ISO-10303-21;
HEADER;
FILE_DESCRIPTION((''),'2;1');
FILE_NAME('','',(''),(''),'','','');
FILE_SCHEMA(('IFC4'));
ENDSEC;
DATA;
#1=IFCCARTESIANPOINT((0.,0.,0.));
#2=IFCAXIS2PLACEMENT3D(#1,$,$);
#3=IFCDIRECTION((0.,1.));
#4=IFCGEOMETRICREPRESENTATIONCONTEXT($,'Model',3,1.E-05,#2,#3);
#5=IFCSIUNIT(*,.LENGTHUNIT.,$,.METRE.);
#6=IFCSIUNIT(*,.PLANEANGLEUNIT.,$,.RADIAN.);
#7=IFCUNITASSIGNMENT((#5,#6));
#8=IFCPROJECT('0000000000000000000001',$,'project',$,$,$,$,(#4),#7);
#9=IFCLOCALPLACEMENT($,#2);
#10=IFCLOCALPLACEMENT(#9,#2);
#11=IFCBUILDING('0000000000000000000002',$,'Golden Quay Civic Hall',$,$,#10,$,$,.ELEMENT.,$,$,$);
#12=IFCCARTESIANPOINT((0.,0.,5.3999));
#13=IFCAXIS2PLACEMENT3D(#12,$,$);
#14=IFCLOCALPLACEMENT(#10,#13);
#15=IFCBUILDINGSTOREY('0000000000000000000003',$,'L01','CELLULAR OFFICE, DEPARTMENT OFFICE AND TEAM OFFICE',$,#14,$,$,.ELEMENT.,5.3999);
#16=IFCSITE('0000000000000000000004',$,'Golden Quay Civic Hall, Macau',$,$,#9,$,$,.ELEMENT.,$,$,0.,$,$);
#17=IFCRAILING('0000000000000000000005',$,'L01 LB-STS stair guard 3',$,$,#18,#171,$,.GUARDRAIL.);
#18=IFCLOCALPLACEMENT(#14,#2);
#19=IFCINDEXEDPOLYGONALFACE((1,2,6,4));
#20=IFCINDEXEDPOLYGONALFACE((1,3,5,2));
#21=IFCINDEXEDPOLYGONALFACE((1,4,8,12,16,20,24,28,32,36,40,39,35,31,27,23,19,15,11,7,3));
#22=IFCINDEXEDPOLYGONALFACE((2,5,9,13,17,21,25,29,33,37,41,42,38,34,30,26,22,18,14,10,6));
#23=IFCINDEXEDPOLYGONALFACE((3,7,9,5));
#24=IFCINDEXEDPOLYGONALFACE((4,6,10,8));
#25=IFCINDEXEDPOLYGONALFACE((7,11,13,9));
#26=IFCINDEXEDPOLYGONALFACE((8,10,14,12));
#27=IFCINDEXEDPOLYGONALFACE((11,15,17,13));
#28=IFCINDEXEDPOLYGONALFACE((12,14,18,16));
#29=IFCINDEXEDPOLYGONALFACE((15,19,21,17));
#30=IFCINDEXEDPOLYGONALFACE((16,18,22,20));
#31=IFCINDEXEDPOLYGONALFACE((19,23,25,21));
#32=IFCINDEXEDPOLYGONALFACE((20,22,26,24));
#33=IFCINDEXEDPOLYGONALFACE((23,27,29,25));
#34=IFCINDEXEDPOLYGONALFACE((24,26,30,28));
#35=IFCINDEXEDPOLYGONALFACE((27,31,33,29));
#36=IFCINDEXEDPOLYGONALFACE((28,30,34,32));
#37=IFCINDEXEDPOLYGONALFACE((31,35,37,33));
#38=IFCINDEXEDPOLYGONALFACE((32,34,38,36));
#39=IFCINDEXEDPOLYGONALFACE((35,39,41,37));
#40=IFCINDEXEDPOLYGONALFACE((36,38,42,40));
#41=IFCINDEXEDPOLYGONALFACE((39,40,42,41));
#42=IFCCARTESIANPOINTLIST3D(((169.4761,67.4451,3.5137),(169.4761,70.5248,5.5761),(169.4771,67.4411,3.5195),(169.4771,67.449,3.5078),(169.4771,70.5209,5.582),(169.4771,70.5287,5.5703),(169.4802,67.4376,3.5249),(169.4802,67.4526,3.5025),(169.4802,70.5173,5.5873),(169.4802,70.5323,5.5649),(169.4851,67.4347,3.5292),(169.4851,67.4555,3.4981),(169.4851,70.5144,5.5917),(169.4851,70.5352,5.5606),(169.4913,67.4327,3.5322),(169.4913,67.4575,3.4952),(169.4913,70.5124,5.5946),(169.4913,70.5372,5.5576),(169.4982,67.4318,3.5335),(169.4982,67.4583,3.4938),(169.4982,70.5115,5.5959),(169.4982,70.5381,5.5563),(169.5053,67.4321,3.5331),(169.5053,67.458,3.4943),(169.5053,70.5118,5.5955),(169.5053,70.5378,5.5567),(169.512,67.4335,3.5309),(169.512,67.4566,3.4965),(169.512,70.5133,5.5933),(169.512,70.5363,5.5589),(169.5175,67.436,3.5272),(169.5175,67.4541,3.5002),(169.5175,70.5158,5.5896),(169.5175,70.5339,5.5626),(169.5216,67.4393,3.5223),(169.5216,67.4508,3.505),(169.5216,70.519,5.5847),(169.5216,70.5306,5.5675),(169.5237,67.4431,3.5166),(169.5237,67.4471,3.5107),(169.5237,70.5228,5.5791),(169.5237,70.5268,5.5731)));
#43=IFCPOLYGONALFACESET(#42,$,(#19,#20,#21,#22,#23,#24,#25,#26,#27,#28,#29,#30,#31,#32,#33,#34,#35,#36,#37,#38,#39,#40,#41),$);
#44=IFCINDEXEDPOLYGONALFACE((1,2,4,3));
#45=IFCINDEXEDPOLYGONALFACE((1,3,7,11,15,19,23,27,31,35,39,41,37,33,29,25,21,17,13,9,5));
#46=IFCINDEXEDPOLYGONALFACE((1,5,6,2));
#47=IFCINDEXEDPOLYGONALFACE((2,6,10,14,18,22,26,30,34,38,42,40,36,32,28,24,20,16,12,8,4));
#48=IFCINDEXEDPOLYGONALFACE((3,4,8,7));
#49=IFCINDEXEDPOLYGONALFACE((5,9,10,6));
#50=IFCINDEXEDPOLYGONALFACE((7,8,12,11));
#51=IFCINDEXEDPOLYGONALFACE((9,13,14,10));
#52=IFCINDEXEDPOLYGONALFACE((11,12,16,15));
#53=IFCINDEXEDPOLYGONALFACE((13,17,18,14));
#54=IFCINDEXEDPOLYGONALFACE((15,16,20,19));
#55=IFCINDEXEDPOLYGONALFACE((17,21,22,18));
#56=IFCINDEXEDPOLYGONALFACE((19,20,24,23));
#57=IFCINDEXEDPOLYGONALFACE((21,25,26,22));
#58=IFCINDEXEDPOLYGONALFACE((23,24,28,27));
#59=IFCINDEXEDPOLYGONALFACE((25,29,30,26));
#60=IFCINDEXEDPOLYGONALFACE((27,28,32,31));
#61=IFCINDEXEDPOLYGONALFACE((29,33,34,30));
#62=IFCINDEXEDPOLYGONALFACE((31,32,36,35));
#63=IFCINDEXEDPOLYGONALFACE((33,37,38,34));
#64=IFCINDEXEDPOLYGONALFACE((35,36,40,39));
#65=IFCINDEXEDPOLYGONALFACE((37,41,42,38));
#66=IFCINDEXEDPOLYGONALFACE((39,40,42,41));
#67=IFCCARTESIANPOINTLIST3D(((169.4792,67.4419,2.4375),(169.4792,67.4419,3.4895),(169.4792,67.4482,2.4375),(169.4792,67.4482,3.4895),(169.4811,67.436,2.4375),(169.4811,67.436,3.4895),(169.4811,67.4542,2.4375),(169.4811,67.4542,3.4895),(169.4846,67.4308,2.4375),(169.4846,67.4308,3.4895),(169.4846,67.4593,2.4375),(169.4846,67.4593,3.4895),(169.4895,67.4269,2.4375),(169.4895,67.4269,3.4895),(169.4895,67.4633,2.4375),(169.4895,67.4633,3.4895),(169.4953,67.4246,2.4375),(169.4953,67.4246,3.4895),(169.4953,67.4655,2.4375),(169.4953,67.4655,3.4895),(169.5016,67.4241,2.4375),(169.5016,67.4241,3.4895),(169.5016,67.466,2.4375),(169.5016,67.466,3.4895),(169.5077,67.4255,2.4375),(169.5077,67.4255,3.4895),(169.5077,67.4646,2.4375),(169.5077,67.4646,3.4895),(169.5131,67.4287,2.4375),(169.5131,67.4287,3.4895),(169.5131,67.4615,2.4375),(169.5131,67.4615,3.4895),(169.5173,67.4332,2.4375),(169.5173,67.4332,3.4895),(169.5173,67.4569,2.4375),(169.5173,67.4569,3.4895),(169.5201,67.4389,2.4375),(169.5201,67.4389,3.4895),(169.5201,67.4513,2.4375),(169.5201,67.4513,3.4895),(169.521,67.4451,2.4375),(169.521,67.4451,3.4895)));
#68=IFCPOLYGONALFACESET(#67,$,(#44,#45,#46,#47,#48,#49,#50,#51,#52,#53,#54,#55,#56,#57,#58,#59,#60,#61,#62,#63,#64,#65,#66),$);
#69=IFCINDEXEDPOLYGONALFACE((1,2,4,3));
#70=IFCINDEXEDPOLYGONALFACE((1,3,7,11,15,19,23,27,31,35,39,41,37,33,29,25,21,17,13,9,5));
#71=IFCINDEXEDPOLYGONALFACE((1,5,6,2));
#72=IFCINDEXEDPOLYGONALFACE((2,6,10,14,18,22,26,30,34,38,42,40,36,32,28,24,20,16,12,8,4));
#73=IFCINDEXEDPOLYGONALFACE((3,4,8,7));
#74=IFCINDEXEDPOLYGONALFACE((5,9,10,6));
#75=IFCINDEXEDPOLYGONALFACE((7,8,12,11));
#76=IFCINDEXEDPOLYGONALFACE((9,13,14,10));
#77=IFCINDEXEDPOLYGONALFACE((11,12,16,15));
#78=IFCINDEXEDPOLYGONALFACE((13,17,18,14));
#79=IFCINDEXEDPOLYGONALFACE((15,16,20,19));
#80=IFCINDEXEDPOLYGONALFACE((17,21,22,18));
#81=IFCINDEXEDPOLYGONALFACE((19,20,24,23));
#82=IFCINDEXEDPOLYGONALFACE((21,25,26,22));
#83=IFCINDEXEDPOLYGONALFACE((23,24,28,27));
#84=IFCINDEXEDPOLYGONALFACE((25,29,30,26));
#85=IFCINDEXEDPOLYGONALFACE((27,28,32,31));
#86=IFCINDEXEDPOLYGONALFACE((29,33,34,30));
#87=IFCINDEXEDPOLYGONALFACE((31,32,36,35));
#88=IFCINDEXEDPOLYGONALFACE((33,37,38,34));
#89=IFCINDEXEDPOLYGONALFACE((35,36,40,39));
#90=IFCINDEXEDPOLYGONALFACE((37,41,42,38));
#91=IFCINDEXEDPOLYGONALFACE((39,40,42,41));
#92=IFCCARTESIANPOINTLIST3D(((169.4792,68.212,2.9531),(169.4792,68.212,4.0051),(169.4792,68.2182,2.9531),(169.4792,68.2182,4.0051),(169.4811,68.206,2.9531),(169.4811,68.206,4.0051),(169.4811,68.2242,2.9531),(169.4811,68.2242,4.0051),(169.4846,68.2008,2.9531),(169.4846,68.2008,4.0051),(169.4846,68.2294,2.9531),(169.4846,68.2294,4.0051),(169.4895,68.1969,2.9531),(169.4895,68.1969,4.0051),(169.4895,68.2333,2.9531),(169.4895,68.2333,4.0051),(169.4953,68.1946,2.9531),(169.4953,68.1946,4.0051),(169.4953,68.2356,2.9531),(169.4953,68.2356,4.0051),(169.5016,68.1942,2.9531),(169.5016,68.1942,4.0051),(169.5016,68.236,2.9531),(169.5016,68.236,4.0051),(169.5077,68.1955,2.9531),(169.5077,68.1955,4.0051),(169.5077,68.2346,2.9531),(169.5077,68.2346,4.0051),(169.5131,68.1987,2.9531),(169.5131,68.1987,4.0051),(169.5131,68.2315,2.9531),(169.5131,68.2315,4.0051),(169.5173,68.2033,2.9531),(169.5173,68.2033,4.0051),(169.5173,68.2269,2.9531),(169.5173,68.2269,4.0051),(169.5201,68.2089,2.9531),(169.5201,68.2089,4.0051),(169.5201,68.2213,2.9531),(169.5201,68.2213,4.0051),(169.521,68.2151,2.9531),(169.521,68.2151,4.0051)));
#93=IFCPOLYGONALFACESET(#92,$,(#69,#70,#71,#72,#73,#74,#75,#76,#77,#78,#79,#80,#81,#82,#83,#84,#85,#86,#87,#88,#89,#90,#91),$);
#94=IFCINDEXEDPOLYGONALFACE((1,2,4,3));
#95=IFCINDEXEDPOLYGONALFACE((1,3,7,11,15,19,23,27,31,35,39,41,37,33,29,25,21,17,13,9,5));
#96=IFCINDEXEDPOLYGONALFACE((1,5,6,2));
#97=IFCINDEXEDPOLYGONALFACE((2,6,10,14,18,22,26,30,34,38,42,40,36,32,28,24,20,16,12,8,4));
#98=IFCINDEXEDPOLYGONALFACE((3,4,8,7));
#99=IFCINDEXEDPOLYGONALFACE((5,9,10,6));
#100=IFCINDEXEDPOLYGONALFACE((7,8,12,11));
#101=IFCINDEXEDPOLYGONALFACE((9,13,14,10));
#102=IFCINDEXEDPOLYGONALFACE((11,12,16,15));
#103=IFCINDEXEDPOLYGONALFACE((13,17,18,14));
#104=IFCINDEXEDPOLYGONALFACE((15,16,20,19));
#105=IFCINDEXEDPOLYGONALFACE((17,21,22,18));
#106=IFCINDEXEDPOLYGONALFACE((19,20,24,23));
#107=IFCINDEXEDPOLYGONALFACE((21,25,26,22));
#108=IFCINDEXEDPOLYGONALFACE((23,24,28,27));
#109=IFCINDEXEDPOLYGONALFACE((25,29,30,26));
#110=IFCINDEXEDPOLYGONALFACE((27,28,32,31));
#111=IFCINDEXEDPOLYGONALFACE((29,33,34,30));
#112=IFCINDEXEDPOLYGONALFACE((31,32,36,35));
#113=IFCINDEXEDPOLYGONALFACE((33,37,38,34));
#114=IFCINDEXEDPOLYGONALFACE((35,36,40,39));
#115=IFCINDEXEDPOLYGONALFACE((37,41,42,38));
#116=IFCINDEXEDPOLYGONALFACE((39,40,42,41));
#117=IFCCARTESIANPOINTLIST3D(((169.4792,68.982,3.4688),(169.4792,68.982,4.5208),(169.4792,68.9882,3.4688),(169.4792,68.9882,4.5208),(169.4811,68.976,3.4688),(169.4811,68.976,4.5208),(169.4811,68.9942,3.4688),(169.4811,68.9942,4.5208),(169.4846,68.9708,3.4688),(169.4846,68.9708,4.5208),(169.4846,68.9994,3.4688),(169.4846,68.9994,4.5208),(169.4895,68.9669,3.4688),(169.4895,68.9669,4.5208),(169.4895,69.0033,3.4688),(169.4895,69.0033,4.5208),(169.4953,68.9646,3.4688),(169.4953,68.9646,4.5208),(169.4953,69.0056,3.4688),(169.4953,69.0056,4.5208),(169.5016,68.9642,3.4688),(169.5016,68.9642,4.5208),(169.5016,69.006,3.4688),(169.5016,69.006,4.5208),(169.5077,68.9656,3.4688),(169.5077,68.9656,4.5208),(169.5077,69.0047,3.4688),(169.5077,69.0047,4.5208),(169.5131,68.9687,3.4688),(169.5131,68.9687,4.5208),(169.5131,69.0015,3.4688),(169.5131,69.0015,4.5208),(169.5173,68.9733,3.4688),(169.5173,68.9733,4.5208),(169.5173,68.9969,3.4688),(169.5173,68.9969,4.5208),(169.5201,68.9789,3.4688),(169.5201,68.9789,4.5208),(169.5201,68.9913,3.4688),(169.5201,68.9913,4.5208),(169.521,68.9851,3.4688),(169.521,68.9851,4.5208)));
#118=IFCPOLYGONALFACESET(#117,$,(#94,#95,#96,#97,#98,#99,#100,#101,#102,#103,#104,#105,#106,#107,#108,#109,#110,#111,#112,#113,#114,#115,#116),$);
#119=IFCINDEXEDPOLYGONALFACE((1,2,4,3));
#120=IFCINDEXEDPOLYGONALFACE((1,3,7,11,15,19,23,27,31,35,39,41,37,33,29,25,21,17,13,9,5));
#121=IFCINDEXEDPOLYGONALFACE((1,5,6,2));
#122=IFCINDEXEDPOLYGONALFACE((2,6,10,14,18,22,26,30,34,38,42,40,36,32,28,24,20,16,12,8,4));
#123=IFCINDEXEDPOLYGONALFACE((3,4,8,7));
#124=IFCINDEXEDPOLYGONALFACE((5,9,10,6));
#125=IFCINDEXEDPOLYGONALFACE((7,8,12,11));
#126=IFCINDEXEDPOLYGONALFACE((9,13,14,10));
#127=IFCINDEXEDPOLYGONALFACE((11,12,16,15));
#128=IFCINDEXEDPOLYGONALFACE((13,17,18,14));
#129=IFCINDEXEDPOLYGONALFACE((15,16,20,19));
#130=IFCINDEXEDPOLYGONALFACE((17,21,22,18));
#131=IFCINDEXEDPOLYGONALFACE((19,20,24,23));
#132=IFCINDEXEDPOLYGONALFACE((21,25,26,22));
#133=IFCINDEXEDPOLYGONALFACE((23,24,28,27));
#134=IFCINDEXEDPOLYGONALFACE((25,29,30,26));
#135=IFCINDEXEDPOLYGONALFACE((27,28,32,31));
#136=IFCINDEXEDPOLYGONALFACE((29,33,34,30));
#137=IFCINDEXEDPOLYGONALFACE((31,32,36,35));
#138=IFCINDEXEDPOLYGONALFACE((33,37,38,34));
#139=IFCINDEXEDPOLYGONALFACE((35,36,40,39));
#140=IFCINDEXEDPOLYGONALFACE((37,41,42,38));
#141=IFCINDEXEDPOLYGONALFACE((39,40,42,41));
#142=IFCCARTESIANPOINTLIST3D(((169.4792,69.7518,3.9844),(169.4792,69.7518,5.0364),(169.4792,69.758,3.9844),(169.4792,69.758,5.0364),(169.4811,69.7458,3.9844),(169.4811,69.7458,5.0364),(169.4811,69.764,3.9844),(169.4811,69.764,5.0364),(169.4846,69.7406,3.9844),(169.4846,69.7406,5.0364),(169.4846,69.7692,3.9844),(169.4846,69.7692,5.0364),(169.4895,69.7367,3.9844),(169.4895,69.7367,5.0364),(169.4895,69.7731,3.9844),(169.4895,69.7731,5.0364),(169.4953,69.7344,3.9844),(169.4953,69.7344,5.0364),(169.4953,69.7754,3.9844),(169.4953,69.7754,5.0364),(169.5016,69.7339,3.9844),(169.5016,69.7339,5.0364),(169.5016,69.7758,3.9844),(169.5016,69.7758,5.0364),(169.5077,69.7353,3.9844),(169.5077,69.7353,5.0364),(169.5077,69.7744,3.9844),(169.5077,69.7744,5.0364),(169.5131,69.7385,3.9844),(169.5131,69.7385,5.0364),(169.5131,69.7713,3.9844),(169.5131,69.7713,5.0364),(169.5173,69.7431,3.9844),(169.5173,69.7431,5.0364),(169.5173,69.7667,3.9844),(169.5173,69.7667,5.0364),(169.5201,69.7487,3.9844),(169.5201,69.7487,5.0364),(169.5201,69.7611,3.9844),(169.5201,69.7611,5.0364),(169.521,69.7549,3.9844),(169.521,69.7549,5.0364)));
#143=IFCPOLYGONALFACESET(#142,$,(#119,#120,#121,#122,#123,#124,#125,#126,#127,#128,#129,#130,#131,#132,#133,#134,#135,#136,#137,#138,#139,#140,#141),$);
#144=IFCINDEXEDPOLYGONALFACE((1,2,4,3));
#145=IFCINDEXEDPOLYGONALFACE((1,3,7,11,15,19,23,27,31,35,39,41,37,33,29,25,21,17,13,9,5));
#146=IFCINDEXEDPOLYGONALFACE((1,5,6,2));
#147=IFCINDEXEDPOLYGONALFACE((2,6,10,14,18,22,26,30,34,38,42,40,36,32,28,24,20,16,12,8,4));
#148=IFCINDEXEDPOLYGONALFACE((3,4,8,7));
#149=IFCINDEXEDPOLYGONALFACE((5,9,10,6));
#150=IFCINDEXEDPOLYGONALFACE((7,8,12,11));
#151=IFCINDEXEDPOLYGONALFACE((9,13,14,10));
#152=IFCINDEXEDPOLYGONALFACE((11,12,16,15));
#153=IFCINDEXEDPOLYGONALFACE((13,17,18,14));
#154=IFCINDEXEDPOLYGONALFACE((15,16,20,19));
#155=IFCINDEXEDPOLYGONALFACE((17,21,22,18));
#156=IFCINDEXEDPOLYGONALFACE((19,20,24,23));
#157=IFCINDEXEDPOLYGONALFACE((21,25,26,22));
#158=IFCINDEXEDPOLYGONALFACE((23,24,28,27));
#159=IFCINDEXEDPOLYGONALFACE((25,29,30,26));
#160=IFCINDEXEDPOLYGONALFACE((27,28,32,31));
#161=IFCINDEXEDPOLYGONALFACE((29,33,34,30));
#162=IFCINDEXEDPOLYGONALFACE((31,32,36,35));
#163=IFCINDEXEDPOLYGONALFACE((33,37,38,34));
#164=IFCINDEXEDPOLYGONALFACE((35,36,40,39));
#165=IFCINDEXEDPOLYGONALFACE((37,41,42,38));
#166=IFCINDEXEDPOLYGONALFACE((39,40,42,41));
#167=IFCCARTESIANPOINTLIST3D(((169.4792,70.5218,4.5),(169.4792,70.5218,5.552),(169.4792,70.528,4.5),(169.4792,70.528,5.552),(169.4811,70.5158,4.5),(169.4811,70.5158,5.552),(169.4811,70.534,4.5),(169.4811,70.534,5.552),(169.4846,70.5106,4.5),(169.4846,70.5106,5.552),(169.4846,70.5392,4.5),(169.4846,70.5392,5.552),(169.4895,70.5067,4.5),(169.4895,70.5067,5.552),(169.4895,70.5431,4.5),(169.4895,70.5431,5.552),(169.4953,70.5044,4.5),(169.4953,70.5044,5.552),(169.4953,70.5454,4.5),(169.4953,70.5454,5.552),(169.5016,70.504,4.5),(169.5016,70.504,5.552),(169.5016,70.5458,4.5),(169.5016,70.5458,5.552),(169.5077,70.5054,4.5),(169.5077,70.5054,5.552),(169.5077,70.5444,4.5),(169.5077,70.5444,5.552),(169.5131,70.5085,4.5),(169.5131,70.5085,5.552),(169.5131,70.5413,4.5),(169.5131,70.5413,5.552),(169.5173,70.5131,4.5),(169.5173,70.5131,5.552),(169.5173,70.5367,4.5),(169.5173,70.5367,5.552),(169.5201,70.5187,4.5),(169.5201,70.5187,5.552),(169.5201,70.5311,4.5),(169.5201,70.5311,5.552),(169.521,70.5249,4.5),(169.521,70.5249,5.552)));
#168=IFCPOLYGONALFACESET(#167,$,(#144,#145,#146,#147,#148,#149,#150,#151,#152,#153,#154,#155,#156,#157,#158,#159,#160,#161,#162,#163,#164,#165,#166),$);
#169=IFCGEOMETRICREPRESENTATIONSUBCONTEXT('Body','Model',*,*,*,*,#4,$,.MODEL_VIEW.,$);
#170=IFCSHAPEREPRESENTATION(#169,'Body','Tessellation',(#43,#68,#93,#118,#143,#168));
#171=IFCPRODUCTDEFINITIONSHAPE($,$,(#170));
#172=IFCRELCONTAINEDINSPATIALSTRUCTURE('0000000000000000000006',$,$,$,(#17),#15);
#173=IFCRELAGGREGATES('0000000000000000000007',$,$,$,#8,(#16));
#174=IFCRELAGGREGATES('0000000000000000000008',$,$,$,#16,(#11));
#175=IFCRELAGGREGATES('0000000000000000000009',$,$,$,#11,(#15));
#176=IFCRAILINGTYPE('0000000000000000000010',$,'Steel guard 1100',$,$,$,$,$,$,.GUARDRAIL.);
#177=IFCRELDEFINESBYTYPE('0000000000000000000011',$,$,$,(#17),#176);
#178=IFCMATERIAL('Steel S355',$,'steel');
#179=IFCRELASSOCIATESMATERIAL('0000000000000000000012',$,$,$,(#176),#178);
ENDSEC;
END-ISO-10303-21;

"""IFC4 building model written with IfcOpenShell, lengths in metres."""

from ifc_helpers import new_model, si_unit, direction, frame, origin, origin_2d, place, context, subcontext, project, spatial, circle, extrude, material, type_object, element, save


model = new_model("IFC4")

# Units and contexts
model_context = context("Model", 3, precision=1e-05, world=origin(), true_north=direction((0.0, 1.0)))
body_context = subcontext(model_context, "Body", "Model", "MODEL_VIEW")
ifc_project = project(units=[si_unit("LENGTHUNIT", "METRE"), si_unit("PLANEANGLEUNIT", "RADIAN")], contexts=[model_context])

# Site, building, storey
site_placement = place(None, origin())
site = spatial("IfcSite", under=ifc_project, at=site_placement, Name="Golden Quay Civic Hall, Macau", CompositionType="ELEMENT", RefElevation=0.0)
building_placement = place(site_placement, origin())
building = spatial("IfcBuilding", under=site, at=building_placement, Name="Golden Quay Civic Hall", CompositionType="ELEMENT")
storey_placement = place(building_placement, frame((0.0, 0.0, 5.3999)))
storey = spatial("IfcBuildingStorey", under=building, at=storey_placement, Name="L01", Description="CELLULAR OFFICE, DEPARTMENT OFFICE AND TEAM OFFICE", CompositionType="ELEMENT", Elevation=5.3999)

# Railing
ifc_material_1 = material(Name="Steel S355", Category="steel")
railing_type_1 = type_object("IfcRailingType", Name="Steel guard 1100", PredefinedType="GUARDRAIL", material=ifc_material_1)
railing_1_placement = place(storey_placement, frame((169.5, 67.4451, 2.4375)))
element("IfcRailing", 1, at=railing_1_placement, inside=storey, type_object=railing_type_1, Name="L01 LB-STS stair guard 3", PredefinedType="GUARDRAIL", context=body_context, shape_type="SweptSolid", body=[
    extrude(circle(Radius=0.0239, at=origin_2d()), frame((0.0, 0.0, 1.0762), z_axis=(0.0, 0.830893, 0.556432), x_axis=(-1.0, 0.0, 0.0)), (0.0, 0.0, 1.0), 3.7065),
    extrude(circle(Radius=0.021, at=origin_2d()), origin(), (0.0, 0.0, 1.0), 1.052),
    extrude(circle(Radius=0.021, at=origin_2d()), frame((0.0, 0.77, 0.5156)), (0.0, 0.0, 1.0), 1.052),
    extrude(circle(Radius=0.021, at=origin_2d()), frame((0.0, 1.54, 1.0312)), (0.0, 0.0, 1.0), 1.052),
    extrude(circle(Radius=0.021, at=origin_2d()), frame((0.0, 2.3098, 1.5469)), (0.0, 0.0, 1.0), 1.052),
    extrude(circle(Radius=0.021, at=origin_2d()), frame((0.0, 3.0798, 2.0625)), (0.0, 0.0, 1.0), 1.052),
])

save(model, "model.ifc")
